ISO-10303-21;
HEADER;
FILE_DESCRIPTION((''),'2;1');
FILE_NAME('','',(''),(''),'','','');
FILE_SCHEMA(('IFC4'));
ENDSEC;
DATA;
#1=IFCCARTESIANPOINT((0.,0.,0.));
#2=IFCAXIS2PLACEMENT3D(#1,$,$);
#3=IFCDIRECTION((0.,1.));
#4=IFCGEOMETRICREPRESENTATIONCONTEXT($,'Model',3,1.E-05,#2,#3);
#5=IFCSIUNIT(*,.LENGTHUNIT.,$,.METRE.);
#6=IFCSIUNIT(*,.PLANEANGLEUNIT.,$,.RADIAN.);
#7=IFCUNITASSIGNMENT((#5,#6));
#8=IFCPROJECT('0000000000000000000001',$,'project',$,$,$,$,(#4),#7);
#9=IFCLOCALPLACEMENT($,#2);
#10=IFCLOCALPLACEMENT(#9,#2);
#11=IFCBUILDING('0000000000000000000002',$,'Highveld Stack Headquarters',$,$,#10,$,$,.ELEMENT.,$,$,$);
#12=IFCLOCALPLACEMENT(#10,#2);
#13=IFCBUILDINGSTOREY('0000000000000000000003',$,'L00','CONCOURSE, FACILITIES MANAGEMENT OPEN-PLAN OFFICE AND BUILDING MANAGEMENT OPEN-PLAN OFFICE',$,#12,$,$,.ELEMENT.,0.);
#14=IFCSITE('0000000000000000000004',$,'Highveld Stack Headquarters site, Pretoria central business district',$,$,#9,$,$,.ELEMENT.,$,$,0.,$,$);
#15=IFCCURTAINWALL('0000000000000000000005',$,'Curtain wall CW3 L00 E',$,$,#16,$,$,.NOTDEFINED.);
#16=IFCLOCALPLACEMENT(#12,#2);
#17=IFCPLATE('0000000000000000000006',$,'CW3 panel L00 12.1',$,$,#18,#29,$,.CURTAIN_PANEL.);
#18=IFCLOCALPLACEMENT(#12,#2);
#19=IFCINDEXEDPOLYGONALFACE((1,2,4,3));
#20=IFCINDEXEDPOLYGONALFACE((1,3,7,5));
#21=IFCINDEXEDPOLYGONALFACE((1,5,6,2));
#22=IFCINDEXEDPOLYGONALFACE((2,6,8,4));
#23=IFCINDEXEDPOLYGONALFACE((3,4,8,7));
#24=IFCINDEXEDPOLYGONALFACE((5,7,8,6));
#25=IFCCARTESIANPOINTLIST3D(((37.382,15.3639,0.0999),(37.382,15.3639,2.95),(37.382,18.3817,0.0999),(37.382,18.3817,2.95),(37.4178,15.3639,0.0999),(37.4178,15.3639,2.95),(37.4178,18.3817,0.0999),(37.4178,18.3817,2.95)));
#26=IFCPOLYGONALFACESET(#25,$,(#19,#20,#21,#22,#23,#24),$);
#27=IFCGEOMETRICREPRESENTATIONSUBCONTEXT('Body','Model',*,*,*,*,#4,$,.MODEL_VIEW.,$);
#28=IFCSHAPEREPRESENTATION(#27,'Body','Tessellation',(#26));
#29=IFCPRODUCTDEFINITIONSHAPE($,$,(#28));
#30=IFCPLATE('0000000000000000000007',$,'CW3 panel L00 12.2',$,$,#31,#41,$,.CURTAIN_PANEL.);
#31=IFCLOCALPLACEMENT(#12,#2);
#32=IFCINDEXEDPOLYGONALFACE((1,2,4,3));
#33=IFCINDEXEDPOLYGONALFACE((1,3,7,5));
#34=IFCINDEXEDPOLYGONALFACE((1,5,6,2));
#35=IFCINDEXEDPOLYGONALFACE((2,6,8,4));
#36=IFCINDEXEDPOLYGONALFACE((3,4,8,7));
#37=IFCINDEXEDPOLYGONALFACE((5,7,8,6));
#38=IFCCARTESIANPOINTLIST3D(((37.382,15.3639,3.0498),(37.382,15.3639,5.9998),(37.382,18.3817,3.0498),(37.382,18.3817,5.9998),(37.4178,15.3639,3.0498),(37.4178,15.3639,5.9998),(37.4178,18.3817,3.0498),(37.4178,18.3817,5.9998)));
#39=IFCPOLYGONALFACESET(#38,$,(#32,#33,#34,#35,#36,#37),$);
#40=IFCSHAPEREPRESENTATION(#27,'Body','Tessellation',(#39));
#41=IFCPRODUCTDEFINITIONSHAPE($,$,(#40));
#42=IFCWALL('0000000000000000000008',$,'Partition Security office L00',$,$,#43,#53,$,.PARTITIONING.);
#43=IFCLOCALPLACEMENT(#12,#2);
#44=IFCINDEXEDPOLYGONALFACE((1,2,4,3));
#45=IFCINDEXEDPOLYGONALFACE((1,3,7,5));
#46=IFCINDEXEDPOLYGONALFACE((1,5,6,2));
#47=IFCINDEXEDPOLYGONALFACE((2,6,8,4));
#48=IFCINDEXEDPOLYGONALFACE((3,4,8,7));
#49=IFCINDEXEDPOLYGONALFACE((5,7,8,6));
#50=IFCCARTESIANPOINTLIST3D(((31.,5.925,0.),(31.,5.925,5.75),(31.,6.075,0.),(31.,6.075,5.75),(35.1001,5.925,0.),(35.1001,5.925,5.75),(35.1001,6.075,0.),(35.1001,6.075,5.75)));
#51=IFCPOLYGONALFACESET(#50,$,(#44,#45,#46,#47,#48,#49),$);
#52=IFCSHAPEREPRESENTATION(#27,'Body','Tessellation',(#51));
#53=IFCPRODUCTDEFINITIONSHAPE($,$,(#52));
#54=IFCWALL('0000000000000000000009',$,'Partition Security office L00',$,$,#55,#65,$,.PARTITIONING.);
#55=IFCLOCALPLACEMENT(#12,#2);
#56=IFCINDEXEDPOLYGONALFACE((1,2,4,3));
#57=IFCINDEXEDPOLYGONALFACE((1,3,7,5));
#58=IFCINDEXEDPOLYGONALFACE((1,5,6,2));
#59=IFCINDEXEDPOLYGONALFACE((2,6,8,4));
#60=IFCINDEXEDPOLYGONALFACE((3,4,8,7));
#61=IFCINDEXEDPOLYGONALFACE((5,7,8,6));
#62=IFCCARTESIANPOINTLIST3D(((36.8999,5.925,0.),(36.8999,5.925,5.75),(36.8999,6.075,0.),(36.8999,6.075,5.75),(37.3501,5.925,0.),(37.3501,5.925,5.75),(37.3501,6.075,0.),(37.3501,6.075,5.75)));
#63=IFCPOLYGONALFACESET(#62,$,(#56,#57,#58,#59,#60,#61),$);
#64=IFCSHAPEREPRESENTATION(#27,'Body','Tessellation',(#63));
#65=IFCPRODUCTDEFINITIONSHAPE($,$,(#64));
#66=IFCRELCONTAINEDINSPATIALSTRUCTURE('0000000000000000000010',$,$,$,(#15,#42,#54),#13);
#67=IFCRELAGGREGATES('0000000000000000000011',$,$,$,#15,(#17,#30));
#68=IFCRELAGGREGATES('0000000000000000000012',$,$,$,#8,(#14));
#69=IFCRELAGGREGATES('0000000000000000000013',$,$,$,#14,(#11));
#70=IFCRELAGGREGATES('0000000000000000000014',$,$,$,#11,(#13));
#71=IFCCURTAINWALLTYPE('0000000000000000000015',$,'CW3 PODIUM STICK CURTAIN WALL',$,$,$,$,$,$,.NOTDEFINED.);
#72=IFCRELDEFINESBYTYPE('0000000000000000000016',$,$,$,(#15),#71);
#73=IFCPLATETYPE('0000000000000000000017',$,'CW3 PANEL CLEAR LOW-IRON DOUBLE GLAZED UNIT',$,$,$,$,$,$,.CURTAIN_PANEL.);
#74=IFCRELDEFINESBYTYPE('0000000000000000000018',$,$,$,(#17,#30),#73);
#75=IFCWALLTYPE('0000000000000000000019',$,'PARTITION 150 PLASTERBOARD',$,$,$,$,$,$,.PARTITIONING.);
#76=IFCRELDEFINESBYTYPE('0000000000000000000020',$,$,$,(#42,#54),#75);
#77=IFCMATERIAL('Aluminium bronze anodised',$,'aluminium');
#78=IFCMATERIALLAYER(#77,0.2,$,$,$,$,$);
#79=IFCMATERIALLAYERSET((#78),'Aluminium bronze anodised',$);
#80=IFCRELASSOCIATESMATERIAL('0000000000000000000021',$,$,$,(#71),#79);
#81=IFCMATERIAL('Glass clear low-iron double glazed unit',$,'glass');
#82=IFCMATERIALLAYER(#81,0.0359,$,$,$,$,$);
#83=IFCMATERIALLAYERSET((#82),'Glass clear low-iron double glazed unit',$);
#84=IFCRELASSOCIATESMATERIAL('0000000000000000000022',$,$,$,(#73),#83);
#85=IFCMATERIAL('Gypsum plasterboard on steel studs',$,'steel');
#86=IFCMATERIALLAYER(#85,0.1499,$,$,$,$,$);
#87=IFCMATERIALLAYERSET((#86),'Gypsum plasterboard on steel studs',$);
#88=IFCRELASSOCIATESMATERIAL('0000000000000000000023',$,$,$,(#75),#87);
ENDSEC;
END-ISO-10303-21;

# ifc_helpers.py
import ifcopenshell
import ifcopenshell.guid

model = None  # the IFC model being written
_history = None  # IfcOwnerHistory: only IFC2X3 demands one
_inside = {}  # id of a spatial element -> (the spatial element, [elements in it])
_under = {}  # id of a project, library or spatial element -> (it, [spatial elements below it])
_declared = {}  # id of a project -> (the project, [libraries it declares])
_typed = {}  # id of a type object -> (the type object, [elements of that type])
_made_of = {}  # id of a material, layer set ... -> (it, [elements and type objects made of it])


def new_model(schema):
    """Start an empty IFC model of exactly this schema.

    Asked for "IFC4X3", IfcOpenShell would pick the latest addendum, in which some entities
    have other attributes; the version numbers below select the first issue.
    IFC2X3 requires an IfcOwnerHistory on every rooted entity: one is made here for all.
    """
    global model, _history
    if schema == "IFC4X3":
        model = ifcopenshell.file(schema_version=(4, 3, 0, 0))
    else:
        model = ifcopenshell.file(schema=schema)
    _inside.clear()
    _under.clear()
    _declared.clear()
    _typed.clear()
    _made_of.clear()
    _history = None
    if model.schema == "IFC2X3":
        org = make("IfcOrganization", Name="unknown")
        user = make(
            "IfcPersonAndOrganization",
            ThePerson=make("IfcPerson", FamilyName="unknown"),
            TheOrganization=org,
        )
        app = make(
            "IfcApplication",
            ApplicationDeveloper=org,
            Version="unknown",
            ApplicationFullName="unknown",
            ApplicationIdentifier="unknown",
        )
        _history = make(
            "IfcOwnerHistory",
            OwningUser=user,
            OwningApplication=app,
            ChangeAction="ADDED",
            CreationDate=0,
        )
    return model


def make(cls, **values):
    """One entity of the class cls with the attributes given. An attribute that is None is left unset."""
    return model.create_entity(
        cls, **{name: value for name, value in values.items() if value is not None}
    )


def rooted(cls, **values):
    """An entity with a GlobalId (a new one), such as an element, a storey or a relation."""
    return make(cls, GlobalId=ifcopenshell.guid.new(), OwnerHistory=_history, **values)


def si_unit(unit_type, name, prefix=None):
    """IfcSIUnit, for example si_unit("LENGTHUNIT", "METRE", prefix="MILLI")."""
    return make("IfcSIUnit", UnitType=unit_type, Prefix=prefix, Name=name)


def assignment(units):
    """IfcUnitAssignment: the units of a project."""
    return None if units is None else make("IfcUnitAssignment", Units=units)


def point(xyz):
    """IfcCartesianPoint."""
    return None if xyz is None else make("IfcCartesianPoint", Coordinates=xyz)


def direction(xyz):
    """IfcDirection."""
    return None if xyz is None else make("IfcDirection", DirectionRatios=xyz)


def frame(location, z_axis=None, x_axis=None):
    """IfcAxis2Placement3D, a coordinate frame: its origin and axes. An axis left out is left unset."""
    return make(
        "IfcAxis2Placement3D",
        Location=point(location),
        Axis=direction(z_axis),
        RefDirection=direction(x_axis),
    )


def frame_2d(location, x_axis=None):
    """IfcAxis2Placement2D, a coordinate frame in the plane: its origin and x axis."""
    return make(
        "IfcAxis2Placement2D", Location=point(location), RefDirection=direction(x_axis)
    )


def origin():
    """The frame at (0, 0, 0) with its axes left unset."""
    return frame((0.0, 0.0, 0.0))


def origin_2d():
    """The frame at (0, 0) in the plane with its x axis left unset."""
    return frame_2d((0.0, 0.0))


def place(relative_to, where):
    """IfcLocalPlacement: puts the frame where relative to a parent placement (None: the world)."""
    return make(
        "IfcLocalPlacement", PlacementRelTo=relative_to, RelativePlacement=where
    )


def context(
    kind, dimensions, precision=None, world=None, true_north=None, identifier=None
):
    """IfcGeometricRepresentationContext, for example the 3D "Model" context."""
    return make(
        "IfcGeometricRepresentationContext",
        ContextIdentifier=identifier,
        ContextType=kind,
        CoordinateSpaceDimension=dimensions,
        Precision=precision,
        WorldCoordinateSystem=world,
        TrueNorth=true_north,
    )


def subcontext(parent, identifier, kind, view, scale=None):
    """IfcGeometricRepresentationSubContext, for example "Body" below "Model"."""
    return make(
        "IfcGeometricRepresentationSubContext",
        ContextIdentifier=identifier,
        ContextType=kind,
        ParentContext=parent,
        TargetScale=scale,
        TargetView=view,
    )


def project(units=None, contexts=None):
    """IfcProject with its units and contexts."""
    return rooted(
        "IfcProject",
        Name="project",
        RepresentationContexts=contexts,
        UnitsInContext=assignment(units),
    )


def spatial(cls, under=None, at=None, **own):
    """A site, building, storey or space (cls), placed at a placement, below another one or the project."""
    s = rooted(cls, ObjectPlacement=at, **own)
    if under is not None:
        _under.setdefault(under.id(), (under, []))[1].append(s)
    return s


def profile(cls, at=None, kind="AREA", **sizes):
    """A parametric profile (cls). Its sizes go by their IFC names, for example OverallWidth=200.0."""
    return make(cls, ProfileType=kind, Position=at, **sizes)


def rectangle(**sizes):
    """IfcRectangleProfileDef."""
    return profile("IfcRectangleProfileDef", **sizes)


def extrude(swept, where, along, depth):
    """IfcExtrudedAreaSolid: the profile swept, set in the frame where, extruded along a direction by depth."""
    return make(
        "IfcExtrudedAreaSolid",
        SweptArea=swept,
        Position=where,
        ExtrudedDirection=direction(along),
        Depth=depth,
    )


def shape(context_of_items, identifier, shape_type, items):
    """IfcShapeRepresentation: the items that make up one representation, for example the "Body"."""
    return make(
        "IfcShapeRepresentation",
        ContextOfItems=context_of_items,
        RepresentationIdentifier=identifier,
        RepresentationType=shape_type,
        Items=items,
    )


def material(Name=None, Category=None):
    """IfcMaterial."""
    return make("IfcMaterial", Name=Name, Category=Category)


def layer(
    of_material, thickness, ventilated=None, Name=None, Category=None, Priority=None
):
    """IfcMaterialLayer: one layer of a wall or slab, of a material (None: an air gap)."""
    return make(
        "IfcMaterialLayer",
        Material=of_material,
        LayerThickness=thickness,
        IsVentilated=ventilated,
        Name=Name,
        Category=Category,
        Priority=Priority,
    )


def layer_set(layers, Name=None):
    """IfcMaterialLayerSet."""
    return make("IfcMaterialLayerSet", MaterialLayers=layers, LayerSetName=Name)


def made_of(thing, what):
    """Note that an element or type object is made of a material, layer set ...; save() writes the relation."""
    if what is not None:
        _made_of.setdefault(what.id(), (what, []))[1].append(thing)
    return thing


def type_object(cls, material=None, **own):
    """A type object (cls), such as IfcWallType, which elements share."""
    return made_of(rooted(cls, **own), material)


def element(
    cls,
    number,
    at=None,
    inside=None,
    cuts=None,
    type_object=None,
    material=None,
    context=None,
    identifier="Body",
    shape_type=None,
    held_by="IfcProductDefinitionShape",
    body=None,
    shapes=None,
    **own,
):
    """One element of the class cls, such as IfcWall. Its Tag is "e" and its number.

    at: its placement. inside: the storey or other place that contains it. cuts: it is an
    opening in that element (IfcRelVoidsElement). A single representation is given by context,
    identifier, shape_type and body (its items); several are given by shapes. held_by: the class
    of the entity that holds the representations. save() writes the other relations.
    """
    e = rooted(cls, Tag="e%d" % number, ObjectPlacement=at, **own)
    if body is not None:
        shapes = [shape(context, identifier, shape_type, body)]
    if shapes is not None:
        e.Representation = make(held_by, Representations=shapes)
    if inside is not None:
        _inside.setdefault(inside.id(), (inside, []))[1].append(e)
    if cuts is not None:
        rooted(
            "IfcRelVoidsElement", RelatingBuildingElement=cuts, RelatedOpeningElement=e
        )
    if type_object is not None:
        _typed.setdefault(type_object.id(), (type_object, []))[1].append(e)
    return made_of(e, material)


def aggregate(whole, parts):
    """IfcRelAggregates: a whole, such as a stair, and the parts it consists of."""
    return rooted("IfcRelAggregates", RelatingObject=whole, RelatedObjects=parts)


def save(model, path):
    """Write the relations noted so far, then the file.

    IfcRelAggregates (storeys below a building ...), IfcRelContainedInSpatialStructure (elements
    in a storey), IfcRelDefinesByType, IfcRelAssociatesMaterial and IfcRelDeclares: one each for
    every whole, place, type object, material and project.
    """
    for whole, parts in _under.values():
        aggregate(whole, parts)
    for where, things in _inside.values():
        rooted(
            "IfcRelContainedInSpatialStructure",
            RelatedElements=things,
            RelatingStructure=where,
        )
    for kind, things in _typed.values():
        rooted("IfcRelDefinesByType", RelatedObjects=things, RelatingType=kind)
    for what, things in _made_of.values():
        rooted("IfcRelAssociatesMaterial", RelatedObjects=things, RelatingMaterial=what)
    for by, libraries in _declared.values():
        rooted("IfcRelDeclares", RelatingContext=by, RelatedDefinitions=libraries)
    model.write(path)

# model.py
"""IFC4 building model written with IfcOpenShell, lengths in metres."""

from ifc_helpers import new_model, si_unit, direction, frame, frame_2d, origin, origin_2d, place, context, subcontext, project, spatial, rectangle, extrude, material, layer, layer_set, type_object, element, aggregate, save


model = new_model("IFC4")

# Units and contexts
model_context = context("Model", 3, precision=1e-05, world=origin(), true_north=direction((0.0, 1.0)))
body_context = subcontext(model_context, "Body", "Model", "MODEL_VIEW")
ifc_project = project(units=[si_unit("LENGTHUNIT", "METRE"), si_unit("PLANEANGLEUNIT", "RADIAN")], contexts=[model_context])

# Site, building, storey
site_placement = place(None, origin())
site = spatial("IfcSite", under=ifc_project, at=site_placement, Name="Highveld Stack Headquarters site, Pretoria central business district", CompositionType="ELEMENT", RefElevation=0.0)
building_placement = place(site_placement, origin())
building = spatial("IfcBuilding", under=site, at=building_placement, Name="Highveld Stack Headquarters", CompositionType="ELEMENT")
storey_placement = place(building_placement, origin())
storey = spatial("IfcBuildingStorey", under=building, at=storey_placement, Name="L00", Description="CONCOURSE, FACILITIES MANAGEMENT OPEN-PLAN OFFICE AND BUILDING MANAGEMENT OPEN-PLAN OFFICE", CompositionType="ELEMENT", Elevation=0.0)

# Curtain wall, plates
ifc_material_1 = material(Name="Aluminium bronze anodised", Category="aluminium")
ifc_layer_1 = layer(ifc_material_1, 0.2)
ifc_layer_set_1 = layer_set([ifc_layer_1], Name="Aluminium bronze anodised")
curtain_wall_type = type_object("IfcCurtainWallType", Name="CW3 PODIUM STICK CURTAIN WALL", PredefinedType="NOTDEFINED", material=ifc_layer_set_1)
curtain_wall_placement = place(storey_placement, origin())
curtain_wall = element("IfcCurtainWall", 1, at=curtain_wall_placement, inside=storey, type_object=curtain_wall_type, Name="Curtain wall CW3 L00 E", PredefinedType="NOTDEFINED")
ifc_material_2 = material(Name="Glass clear low-iron double glazed unit", Category="glass")
ifc_layer_2 = layer(ifc_material_2, 0.0359)
ifc_layer_set_2 = layer_set([ifc_layer_2], Name="Glass clear low-iron double glazed unit")
plate_type = type_object("IfcPlateType", Name="CW3 PANEL CLEAR LOW-IRON DOUBLE GLAZED UNIT", PredefinedType="CURTAIN_PANEL", material=ifc_layer_set_2)
plate_1_placement = place(storey_placement, frame((37.3999, 16.8728, 0.0999), z_axis=(0.0, 0.0, 1.0), x_axis=(0.0, 1.0, 0.0)))
plate_1 = element("IfcPlate", 2, at=plate_1_placement, type_object=plate_type, Name="CW3 panel L00 12.1", PredefinedType="CURTAIN_PANEL", context=body_context, shape_type="SweptSolid", body=[
    extrude(rectangle(XDim=3.0178, YDim=0.0359, at=origin_2d()), origin(), (0.0, 0.0, 1.0), 2.8501),
])
plate_2_placement = place(storey_placement, frame((37.3999, 16.8728, 3.0498), z_axis=(0.0, 0.0, 1.0), x_axis=(0.0, 1.0, 0.0)))
plate_2 = element("IfcPlate", 3, at=plate_2_placement, type_object=plate_type, Name="CW3 panel L00 12.2", PredefinedType="CURTAIN_PANEL", context=body_context, shape_type="SweptSolid", body=[
    extrude(rectangle(XDim=3.0178, YDim=0.0359, at=origin_2d()), origin(), (0.0, 0.0, 1.0), 2.95),
])
aggregate(curtain_wall, [plate_1, plate_2])

# Walls
ifc_material_3 = material(Name="Gypsum plasterboard on steel studs", Category="steel")
ifc_layer_3 = layer(ifc_material_3, 0.1499)
ifc_layer_set_3 = layer_set([ifc_layer_3], Name="Gypsum plasterboard on steel studs")
wall_type = type_object("IfcWallType", Name="PARTITION 150 PLASTERBOARD", PredefinedType="PARTITIONING", material=ifc_layer_set_3)
wall_1_placement = place(storey_placement, frame((31.0, 6.0, 0.0), z_axis=(0.0, 0.0, 1.0), x_axis=(1.0, 0.0, 0.0)))
element("IfcWall", 4, at=wall_1_placement, inside=storey, type_object=wall_type, Name="Partition Security office L00", PredefinedType="PARTITIONING", context=body_context, shape_type="SweptSolid", body=[
    extrude(rectangle(XDim=4.1001, YDim=0.1499, at=frame_2d((2.05, 0.0))), origin(), (0.0, 0.0, 1.0), 5.75),
])
wall_2_placement = place(storey_placement, frame((36.8999, 6.0, 0.0), z_axis=(0.0, 0.0, 1.0), x_axis=(1.0, 0.0, 0.0)))
element("IfcWall", 5, at=wall_2_placement, inside=storey, type_object=wall_type, Name="Partition Security office L00", PredefinedType="PARTITIONING", context=body_context, shape_type="SweptSolid", body=[
    extrude(rectangle(XDim=0.4502, YDim=0.1499, at=frame_2d((0.2251, 0.0))), origin(), (0.0, 0.0, 1.0), 5.75),
])

save(model, "model.ifc")
